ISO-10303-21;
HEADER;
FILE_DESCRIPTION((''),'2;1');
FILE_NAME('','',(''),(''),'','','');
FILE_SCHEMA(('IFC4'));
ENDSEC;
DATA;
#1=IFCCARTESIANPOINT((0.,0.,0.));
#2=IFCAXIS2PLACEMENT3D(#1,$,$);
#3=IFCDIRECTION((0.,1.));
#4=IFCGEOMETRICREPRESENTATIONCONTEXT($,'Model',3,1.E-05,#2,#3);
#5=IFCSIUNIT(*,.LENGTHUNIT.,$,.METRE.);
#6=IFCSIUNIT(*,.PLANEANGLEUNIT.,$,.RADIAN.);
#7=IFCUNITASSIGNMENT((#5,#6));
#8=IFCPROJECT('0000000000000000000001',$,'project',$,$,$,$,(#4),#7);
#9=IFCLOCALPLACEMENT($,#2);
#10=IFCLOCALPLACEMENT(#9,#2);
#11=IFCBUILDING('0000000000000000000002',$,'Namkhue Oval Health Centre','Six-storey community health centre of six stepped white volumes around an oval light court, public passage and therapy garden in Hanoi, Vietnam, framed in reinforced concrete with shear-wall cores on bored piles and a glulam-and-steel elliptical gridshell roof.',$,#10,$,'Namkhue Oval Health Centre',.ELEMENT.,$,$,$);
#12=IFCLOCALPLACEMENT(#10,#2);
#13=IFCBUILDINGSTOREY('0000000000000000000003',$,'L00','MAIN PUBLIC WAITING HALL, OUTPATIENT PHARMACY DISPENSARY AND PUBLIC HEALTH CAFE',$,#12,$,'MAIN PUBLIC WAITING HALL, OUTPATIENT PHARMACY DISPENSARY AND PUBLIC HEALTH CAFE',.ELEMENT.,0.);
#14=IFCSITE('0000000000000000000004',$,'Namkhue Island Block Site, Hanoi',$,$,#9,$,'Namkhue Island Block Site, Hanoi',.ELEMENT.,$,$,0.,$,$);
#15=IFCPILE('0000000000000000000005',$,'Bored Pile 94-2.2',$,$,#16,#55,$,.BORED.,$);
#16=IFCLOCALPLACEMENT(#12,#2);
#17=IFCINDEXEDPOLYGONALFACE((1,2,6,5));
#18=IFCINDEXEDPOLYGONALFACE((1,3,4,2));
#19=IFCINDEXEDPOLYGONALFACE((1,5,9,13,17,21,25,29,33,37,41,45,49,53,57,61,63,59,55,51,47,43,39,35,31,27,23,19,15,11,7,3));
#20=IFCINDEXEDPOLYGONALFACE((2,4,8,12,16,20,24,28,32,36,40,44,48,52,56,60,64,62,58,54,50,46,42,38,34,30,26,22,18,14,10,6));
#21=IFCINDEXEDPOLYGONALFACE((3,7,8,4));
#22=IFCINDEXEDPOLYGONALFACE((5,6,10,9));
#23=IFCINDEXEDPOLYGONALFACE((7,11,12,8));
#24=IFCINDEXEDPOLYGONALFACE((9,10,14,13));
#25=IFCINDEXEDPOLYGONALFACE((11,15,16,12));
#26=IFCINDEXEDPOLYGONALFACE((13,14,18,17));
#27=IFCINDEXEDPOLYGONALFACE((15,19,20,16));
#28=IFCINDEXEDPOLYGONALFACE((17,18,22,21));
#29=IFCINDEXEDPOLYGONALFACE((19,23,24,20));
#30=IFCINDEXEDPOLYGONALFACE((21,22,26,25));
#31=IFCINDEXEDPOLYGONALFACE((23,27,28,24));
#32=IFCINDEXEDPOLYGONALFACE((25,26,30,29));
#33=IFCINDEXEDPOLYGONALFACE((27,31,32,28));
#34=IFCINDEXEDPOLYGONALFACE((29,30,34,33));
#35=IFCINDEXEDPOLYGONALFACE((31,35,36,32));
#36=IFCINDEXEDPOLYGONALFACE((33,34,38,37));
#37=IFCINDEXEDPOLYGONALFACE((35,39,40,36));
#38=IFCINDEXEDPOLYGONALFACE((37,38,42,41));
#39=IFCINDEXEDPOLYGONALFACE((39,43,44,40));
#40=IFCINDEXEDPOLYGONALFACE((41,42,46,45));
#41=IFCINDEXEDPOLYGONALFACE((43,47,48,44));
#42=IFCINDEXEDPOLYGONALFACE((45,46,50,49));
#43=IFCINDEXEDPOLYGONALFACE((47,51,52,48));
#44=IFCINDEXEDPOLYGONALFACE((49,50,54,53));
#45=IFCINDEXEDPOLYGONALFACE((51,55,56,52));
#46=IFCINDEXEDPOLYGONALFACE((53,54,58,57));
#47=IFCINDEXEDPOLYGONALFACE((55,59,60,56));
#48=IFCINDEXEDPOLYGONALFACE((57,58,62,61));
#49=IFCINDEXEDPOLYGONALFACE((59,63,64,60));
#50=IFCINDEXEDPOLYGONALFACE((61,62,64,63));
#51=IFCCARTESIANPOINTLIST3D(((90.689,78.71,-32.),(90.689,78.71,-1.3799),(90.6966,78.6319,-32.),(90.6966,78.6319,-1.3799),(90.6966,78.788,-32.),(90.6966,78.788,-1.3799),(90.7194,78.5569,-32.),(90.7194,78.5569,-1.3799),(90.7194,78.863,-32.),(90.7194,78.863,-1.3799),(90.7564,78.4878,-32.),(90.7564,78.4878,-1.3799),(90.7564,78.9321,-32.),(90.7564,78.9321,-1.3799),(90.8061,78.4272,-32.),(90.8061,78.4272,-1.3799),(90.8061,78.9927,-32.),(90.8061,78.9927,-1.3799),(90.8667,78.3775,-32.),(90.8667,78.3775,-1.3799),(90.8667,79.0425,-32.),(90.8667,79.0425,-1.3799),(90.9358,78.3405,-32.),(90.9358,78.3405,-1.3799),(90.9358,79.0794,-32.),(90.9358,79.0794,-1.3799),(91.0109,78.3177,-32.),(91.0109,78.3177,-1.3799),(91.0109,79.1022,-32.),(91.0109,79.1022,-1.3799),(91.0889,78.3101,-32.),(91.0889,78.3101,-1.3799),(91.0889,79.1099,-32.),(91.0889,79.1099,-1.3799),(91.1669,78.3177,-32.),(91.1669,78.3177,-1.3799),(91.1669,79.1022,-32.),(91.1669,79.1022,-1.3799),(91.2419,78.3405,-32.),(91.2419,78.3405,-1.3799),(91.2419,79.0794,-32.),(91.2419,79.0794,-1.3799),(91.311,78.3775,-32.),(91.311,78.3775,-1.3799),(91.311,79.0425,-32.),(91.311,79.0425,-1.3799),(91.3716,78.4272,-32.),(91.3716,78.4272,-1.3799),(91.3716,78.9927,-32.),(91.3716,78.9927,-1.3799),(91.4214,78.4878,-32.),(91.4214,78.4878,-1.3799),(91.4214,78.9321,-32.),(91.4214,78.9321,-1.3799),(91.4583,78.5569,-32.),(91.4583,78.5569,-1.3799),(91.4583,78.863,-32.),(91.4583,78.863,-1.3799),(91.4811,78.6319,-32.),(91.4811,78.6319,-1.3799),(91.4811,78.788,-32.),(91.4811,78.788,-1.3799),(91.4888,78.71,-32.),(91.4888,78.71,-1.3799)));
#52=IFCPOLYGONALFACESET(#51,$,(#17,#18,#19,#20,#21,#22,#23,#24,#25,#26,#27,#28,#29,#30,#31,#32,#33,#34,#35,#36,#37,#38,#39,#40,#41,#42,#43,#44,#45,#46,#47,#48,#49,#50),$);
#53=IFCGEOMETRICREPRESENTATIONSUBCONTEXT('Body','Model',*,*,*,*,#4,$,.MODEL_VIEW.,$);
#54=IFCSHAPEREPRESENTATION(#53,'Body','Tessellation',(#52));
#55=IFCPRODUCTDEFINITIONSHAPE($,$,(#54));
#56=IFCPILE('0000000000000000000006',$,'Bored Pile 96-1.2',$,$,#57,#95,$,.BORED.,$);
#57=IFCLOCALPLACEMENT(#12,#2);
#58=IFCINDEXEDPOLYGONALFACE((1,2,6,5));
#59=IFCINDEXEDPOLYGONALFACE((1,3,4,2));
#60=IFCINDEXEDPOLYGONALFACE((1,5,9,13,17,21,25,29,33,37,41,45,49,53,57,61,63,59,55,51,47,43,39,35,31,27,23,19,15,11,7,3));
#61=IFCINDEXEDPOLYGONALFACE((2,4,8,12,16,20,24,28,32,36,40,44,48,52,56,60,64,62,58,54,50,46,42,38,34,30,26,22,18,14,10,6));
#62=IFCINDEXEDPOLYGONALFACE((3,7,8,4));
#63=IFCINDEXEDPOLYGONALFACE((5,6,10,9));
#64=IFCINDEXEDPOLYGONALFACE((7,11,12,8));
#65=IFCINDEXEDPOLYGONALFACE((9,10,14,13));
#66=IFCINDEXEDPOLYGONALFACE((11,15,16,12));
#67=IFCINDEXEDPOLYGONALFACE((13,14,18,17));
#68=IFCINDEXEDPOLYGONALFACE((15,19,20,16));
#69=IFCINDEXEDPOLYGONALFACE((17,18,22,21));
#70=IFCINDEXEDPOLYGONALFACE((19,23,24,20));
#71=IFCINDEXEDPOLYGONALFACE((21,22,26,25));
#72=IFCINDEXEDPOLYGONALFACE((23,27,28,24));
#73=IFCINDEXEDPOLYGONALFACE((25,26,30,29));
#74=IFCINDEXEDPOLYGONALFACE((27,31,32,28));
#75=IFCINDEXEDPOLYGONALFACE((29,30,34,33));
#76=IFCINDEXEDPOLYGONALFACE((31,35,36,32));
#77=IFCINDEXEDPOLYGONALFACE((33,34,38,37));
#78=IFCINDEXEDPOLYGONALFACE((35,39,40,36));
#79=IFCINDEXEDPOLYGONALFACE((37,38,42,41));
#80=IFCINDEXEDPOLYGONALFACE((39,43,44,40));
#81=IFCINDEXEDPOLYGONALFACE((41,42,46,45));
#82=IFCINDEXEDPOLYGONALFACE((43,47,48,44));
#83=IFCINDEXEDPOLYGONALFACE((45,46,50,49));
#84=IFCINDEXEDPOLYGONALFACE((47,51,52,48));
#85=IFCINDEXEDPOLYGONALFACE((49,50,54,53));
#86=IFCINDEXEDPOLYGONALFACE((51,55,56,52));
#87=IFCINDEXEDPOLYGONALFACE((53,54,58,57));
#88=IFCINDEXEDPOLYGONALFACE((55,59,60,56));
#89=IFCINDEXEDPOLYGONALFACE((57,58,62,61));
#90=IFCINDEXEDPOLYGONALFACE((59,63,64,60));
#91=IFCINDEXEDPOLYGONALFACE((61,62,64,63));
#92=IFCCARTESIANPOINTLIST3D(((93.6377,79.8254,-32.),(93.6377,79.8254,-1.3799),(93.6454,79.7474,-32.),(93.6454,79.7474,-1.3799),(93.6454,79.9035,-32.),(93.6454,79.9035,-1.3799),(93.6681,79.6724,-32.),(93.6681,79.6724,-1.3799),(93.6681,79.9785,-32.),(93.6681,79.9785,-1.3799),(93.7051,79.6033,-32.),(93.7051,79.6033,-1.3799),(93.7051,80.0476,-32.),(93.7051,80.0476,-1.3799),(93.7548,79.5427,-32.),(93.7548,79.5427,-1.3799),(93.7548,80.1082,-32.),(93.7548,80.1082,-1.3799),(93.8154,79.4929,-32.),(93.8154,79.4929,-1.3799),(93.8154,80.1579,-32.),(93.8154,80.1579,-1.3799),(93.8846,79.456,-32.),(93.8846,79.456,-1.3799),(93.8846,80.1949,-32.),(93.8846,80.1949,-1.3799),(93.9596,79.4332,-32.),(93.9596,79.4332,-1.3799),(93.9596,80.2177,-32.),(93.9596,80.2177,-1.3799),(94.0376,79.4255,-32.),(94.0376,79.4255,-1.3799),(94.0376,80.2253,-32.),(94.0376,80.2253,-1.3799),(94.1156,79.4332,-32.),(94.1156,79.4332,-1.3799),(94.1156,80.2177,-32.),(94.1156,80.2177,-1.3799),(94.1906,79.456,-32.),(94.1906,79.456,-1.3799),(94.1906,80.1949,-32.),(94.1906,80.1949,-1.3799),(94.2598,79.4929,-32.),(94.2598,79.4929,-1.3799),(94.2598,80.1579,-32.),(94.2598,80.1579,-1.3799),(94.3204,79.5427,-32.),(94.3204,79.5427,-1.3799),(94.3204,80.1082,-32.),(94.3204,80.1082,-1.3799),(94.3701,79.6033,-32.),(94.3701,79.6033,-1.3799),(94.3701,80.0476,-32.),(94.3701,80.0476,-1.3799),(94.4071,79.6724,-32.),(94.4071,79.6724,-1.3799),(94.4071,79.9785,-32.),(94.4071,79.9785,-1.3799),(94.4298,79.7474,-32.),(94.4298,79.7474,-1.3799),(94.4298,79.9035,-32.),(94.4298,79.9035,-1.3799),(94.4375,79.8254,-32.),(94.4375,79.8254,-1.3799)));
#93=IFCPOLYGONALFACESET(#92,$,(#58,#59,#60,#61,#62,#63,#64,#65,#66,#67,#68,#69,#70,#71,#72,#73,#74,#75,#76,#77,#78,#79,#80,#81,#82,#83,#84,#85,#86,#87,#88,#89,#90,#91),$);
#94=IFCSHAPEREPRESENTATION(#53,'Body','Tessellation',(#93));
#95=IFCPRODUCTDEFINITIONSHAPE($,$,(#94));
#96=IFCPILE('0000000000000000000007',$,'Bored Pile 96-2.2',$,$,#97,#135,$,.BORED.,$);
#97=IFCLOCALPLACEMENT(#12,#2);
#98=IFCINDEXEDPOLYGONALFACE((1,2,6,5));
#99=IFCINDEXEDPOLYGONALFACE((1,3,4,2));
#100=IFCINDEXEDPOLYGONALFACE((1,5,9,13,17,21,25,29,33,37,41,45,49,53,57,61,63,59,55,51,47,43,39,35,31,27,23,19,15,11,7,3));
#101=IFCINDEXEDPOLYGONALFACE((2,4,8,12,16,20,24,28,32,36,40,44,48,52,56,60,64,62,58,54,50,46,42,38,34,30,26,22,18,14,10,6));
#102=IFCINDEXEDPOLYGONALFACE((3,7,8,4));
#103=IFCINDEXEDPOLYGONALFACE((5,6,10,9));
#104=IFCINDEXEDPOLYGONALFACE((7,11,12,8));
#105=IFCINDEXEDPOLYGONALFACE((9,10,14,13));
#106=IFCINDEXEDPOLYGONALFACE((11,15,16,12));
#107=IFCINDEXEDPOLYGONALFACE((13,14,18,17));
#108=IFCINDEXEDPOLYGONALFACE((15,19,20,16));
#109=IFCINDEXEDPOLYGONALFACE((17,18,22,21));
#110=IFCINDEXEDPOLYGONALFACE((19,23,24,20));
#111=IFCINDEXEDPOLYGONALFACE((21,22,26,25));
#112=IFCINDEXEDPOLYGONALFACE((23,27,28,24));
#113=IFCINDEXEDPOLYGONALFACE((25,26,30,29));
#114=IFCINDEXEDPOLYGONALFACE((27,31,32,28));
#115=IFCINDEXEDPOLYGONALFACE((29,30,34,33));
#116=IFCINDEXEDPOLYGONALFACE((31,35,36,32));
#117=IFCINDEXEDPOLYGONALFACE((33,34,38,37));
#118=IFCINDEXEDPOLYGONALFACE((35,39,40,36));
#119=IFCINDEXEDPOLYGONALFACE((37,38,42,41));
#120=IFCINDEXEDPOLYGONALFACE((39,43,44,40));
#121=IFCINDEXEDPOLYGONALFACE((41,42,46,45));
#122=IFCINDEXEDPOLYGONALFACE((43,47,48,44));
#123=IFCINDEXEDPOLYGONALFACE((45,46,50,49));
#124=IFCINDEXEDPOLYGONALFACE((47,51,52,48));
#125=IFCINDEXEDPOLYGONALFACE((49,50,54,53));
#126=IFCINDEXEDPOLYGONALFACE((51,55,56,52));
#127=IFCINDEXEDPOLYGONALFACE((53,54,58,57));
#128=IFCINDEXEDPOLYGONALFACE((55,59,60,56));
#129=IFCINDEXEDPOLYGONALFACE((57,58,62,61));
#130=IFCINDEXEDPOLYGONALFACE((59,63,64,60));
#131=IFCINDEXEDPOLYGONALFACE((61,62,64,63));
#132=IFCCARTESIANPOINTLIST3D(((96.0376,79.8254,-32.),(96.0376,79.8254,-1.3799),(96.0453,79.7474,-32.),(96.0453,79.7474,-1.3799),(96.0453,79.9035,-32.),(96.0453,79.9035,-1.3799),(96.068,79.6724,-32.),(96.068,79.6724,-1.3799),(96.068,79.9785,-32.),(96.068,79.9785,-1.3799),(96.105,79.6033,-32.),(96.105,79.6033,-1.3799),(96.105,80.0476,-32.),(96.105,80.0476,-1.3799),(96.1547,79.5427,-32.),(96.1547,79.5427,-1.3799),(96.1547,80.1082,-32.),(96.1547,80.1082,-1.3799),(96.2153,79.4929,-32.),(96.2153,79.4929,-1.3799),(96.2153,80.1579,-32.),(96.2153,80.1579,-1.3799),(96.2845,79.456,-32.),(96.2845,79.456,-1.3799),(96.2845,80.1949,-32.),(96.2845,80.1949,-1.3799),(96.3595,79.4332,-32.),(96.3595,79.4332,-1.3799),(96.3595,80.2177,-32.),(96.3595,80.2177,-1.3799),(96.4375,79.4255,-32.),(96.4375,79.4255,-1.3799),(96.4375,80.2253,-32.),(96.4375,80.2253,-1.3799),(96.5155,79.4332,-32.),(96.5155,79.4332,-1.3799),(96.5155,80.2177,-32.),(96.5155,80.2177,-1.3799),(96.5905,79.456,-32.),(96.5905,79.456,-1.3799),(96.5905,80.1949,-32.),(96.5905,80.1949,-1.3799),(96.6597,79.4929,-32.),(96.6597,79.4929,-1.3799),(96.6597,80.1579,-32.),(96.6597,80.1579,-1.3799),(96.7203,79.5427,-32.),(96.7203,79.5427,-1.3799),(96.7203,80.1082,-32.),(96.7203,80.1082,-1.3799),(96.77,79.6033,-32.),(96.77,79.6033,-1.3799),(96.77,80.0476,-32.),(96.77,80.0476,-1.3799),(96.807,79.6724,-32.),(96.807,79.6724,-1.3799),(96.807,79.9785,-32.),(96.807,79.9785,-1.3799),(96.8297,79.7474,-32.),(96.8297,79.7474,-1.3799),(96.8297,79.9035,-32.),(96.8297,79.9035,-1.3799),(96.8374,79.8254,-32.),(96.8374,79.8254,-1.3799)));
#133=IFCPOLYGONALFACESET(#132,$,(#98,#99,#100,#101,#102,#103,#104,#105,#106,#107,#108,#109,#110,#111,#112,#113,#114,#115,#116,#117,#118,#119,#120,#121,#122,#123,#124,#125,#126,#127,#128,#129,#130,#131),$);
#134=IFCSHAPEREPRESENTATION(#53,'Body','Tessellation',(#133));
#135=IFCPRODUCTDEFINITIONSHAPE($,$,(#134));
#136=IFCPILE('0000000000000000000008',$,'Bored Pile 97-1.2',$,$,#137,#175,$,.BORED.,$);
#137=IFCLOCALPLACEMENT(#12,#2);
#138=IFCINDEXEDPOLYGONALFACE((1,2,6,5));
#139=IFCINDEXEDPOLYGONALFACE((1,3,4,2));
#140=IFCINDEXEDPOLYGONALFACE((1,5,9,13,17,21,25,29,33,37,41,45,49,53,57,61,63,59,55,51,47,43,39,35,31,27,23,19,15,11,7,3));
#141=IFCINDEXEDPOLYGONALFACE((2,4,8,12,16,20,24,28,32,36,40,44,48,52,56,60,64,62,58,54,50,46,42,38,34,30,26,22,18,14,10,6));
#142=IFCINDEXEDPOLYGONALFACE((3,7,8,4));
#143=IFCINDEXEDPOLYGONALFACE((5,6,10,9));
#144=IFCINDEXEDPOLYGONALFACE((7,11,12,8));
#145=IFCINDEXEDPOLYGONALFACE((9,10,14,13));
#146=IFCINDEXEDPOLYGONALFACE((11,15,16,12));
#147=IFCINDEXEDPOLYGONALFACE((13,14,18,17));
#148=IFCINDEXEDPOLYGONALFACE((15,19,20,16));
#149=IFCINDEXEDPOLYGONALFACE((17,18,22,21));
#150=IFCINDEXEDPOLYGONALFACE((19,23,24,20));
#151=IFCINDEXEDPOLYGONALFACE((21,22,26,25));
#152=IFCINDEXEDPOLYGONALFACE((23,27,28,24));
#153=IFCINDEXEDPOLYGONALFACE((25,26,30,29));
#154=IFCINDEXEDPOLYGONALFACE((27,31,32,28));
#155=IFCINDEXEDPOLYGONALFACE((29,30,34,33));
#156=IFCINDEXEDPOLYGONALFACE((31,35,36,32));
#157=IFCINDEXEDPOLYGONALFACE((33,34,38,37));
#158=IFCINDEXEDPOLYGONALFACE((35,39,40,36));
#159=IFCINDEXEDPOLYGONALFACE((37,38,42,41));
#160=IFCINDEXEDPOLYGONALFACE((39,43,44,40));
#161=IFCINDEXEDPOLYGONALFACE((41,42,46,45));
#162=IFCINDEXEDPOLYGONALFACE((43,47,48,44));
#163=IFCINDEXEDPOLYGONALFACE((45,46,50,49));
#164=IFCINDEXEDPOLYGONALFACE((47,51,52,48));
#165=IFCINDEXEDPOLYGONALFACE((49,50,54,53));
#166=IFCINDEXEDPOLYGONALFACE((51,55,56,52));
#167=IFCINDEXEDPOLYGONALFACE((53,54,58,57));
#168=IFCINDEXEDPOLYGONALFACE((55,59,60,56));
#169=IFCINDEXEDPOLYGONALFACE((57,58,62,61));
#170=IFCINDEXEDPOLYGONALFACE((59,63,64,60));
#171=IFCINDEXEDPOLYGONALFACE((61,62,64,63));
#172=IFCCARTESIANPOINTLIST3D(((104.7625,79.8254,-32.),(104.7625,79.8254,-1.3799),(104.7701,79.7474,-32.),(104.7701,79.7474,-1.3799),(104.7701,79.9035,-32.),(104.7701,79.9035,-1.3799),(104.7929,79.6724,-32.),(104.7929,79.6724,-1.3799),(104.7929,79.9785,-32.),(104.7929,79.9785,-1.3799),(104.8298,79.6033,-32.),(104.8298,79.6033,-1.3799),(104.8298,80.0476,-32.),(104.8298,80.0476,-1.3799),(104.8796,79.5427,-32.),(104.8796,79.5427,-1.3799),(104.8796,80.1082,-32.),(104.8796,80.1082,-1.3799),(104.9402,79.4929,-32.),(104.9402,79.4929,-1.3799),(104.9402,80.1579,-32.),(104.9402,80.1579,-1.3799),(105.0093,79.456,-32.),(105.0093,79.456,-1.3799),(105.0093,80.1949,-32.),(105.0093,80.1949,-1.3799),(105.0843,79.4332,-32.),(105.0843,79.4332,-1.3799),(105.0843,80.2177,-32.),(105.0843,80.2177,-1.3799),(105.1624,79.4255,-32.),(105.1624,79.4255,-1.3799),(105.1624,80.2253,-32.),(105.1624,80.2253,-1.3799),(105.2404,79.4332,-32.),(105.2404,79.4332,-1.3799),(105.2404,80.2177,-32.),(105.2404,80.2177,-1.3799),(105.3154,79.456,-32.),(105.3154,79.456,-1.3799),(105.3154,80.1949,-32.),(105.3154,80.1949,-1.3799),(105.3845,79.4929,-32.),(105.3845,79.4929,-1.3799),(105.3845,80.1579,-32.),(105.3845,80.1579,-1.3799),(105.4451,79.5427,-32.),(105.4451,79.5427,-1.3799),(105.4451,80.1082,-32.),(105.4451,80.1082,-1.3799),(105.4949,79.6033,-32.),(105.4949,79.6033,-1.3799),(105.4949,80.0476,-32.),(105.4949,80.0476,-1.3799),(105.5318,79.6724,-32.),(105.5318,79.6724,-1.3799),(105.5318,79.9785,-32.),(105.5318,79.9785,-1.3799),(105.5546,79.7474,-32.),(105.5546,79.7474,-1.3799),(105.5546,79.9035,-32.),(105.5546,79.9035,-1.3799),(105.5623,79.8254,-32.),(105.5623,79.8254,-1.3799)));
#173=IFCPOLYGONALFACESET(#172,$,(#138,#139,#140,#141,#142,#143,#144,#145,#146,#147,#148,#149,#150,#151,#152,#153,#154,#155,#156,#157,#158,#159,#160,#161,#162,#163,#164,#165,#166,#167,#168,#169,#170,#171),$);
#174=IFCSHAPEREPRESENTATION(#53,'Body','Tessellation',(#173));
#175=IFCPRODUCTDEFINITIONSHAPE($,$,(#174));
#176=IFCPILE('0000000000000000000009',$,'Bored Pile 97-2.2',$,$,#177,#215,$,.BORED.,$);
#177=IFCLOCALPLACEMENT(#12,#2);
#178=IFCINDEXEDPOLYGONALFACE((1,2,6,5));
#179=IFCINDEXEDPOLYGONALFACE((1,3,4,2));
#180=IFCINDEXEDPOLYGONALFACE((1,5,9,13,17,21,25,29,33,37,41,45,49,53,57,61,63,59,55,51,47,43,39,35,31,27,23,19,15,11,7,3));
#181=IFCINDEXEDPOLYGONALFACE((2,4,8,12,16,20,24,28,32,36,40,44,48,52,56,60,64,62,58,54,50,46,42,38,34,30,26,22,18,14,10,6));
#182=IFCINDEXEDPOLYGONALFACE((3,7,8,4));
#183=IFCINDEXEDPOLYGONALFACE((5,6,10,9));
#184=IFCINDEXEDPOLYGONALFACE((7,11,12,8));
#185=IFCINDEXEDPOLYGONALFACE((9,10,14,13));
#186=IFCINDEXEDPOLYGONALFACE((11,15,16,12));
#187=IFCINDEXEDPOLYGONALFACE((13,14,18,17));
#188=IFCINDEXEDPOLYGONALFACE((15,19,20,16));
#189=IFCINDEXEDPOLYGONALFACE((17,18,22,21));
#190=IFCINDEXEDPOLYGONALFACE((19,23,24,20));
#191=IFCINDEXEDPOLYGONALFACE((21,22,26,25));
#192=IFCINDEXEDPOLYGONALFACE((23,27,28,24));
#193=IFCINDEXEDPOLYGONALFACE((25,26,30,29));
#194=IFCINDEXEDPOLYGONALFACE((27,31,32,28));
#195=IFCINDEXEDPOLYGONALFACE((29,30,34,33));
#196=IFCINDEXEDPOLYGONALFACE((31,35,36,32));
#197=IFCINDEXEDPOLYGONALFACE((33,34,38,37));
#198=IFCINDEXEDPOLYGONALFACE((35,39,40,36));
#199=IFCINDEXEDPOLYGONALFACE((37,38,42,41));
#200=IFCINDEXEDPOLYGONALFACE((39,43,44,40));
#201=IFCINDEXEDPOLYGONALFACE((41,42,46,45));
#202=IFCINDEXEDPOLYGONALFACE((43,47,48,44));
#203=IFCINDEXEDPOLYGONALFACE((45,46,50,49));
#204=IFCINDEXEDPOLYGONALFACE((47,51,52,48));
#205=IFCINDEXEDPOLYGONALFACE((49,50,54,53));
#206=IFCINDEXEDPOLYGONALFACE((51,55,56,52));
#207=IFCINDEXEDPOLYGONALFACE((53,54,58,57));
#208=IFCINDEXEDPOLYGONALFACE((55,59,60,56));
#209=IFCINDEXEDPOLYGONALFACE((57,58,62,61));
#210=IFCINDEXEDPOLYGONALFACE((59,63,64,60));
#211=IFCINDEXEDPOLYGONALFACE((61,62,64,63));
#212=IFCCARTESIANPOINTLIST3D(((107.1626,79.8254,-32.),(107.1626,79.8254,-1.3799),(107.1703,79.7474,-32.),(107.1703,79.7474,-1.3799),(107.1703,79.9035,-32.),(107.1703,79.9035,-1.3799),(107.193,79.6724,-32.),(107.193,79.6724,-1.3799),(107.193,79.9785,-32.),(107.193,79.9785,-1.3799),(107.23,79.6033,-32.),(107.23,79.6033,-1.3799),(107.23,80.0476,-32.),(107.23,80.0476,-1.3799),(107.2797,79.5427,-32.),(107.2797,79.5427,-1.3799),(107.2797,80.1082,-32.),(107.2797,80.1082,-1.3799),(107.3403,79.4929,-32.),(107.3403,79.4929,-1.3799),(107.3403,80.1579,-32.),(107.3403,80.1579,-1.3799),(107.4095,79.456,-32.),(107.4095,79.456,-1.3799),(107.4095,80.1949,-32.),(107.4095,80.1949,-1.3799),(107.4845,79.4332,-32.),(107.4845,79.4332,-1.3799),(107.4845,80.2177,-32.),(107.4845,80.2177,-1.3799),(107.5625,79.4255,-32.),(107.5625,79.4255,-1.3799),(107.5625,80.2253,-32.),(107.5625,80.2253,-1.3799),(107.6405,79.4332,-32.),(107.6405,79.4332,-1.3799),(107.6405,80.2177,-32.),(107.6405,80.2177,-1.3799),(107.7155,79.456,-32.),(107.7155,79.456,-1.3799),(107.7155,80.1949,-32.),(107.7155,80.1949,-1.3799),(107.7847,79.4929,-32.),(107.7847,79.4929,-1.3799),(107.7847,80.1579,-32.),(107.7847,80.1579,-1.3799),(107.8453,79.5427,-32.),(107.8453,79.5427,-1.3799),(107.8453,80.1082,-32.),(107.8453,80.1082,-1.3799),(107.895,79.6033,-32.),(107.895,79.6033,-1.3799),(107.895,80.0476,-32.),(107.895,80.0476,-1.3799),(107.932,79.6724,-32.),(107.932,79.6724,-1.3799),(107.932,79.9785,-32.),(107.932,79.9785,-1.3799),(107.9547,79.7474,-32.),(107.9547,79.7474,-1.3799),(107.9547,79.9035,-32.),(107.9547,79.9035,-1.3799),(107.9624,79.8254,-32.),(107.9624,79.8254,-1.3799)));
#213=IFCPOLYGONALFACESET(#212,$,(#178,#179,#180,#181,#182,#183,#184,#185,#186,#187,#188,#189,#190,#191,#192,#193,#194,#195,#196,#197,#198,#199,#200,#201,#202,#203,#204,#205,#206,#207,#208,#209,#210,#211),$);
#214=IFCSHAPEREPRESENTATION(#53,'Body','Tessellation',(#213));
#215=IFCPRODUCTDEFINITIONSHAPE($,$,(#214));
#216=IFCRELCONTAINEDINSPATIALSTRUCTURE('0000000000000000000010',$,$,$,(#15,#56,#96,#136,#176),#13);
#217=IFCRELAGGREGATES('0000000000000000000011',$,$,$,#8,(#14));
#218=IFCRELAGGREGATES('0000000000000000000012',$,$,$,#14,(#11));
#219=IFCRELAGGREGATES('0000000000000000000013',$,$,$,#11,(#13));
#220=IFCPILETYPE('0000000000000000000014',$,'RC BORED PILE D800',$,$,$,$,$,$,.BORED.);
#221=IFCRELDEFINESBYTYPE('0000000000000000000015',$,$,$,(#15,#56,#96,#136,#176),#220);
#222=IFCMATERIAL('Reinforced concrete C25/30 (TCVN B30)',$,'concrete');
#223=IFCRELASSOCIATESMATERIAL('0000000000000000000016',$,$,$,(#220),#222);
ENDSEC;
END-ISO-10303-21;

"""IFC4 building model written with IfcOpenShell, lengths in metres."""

from ifc_helpers import new_model, si_unit, direction, frame, origin, origin_2d, place, context, subcontext, project, spatial, circle, extrude, material, material_profile, profile_set, type_object, element, save


model = new_model("IFC4")

# Units and contexts
model_context = context("Model", 3, precision=1e-05, world=origin(), true_north=direction((0.0, 1.0)))
body_context = subcontext(model_context, "Body", "Model", "MODEL_VIEW")
ifc_project = project(units=[si_unit("LENGTHUNIT", "METRE"), si_unit("PLANEANGLEUNIT", "RADIAN")], contexts=[model_context])

# Site, building, storey
site_placement = place(None, origin())
site = spatial("IfcSite", under=ifc_project, at=site_placement, Name="Namkhue Island Block Site, Hanoi", LongName="Namkhue Island Block Site, Hanoi", CompositionType="ELEMENT", RefElevation=0.0)
building_placement = place(site_placement, origin())
building = spatial("IfcBuilding", under=site, at=building_placement, Name="Namkhue Oval Health Centre", Description="Six-storey community health centre of six stepped white volumes around an oval light court, public passage and therapy garden in Hanoi, Vietnam, framed in reinforced concrete with shear-wall cores on bored piles and a glulam-and-steel elliptical gridshell roof.", LongName="Namkhue Oval Health Centre", CompositionType="ELEMENT")
storey_placement = place(building_placement, origin())
storey = spatial("IfcBuildingStorey", under=building, at=storey_placement, Name="L00", Description="MAIN PUBLIC WAITING HALL, OUTPATIENT PHARMACY DISPENSARY AND PUBLIC HEALTH CAFE", LongName="MAIN PUBLIC WAITING HALL, OUTPATIENT PHARMACY DISPENSARY AND PUBLIC HEALTH CAFE", CompositionType="ELEMENT", Elevation=0.0)

# Piles
ifc_material_1 = material(Name="Reinforced concrete C25/30 (TCVN B30)", Category="concrete")
ifc_material_profile_1 = material_profile(ifc_material_1, circle(Radius=0.3999, at=origin_2d()), Name="BORED PILE D800")
ifc_profile_set_1 = profile_set([ifc_material_profile_1], Name="Reinforced concrete C25/30 (TCVN B30)")
pile_type_1 = type_object("IfcPileType", Name="RC BORED PILE D800", PredefinedType="BORED", material=ifc_profile_set_1)
for number, where, z_axis, x_axis, name in (
    (1, (91.0889, 78.71, -1.3799), (0.0, 0.0, -1.0), (1.0, 0.0, 0.0), "Bored Pile 94-2.2"),
    (2, (94.0376, 79.8254, -1.3799), (0.0, 0.0, -1.0), (1.0, 0.0, 0.0), "Bored Pile 96-1.2"),
    (3, (96.4375, 79.8254, -1.3799), (0.0, 0.0, -1.0), (1.0, 0.0, 0.0), "Bored Pile 96-2.2"),
    (4, (105.1624, 79.8254, -1.3799), (0.0, 0.0, -1.0), (1.0, 0.0, 0.0), "Bored Pile 97-1.2"),
    (5, (107.5625, 79.8254, -1.3799), (0.0, 0.0, -1.0), (1.0, 0.0, 0.0), "Bored Pile 97-2.2"),
):
    element("IfcPile", number, at=place(storey_placement, frame(where, z_axis=z_axis, x_axis=x_axis)), inside=storey, type_object=pile_type_1, Name=name, PredefinedType="BORED", context=body_context, shape_type="SweptSolid", body=[
        extrude(circle(Radius=0.3999, at=origin_2d()), origin(), (0.0, 0.0, 1.0), 30.6201),
    ])

save(model, "model.ifc")
